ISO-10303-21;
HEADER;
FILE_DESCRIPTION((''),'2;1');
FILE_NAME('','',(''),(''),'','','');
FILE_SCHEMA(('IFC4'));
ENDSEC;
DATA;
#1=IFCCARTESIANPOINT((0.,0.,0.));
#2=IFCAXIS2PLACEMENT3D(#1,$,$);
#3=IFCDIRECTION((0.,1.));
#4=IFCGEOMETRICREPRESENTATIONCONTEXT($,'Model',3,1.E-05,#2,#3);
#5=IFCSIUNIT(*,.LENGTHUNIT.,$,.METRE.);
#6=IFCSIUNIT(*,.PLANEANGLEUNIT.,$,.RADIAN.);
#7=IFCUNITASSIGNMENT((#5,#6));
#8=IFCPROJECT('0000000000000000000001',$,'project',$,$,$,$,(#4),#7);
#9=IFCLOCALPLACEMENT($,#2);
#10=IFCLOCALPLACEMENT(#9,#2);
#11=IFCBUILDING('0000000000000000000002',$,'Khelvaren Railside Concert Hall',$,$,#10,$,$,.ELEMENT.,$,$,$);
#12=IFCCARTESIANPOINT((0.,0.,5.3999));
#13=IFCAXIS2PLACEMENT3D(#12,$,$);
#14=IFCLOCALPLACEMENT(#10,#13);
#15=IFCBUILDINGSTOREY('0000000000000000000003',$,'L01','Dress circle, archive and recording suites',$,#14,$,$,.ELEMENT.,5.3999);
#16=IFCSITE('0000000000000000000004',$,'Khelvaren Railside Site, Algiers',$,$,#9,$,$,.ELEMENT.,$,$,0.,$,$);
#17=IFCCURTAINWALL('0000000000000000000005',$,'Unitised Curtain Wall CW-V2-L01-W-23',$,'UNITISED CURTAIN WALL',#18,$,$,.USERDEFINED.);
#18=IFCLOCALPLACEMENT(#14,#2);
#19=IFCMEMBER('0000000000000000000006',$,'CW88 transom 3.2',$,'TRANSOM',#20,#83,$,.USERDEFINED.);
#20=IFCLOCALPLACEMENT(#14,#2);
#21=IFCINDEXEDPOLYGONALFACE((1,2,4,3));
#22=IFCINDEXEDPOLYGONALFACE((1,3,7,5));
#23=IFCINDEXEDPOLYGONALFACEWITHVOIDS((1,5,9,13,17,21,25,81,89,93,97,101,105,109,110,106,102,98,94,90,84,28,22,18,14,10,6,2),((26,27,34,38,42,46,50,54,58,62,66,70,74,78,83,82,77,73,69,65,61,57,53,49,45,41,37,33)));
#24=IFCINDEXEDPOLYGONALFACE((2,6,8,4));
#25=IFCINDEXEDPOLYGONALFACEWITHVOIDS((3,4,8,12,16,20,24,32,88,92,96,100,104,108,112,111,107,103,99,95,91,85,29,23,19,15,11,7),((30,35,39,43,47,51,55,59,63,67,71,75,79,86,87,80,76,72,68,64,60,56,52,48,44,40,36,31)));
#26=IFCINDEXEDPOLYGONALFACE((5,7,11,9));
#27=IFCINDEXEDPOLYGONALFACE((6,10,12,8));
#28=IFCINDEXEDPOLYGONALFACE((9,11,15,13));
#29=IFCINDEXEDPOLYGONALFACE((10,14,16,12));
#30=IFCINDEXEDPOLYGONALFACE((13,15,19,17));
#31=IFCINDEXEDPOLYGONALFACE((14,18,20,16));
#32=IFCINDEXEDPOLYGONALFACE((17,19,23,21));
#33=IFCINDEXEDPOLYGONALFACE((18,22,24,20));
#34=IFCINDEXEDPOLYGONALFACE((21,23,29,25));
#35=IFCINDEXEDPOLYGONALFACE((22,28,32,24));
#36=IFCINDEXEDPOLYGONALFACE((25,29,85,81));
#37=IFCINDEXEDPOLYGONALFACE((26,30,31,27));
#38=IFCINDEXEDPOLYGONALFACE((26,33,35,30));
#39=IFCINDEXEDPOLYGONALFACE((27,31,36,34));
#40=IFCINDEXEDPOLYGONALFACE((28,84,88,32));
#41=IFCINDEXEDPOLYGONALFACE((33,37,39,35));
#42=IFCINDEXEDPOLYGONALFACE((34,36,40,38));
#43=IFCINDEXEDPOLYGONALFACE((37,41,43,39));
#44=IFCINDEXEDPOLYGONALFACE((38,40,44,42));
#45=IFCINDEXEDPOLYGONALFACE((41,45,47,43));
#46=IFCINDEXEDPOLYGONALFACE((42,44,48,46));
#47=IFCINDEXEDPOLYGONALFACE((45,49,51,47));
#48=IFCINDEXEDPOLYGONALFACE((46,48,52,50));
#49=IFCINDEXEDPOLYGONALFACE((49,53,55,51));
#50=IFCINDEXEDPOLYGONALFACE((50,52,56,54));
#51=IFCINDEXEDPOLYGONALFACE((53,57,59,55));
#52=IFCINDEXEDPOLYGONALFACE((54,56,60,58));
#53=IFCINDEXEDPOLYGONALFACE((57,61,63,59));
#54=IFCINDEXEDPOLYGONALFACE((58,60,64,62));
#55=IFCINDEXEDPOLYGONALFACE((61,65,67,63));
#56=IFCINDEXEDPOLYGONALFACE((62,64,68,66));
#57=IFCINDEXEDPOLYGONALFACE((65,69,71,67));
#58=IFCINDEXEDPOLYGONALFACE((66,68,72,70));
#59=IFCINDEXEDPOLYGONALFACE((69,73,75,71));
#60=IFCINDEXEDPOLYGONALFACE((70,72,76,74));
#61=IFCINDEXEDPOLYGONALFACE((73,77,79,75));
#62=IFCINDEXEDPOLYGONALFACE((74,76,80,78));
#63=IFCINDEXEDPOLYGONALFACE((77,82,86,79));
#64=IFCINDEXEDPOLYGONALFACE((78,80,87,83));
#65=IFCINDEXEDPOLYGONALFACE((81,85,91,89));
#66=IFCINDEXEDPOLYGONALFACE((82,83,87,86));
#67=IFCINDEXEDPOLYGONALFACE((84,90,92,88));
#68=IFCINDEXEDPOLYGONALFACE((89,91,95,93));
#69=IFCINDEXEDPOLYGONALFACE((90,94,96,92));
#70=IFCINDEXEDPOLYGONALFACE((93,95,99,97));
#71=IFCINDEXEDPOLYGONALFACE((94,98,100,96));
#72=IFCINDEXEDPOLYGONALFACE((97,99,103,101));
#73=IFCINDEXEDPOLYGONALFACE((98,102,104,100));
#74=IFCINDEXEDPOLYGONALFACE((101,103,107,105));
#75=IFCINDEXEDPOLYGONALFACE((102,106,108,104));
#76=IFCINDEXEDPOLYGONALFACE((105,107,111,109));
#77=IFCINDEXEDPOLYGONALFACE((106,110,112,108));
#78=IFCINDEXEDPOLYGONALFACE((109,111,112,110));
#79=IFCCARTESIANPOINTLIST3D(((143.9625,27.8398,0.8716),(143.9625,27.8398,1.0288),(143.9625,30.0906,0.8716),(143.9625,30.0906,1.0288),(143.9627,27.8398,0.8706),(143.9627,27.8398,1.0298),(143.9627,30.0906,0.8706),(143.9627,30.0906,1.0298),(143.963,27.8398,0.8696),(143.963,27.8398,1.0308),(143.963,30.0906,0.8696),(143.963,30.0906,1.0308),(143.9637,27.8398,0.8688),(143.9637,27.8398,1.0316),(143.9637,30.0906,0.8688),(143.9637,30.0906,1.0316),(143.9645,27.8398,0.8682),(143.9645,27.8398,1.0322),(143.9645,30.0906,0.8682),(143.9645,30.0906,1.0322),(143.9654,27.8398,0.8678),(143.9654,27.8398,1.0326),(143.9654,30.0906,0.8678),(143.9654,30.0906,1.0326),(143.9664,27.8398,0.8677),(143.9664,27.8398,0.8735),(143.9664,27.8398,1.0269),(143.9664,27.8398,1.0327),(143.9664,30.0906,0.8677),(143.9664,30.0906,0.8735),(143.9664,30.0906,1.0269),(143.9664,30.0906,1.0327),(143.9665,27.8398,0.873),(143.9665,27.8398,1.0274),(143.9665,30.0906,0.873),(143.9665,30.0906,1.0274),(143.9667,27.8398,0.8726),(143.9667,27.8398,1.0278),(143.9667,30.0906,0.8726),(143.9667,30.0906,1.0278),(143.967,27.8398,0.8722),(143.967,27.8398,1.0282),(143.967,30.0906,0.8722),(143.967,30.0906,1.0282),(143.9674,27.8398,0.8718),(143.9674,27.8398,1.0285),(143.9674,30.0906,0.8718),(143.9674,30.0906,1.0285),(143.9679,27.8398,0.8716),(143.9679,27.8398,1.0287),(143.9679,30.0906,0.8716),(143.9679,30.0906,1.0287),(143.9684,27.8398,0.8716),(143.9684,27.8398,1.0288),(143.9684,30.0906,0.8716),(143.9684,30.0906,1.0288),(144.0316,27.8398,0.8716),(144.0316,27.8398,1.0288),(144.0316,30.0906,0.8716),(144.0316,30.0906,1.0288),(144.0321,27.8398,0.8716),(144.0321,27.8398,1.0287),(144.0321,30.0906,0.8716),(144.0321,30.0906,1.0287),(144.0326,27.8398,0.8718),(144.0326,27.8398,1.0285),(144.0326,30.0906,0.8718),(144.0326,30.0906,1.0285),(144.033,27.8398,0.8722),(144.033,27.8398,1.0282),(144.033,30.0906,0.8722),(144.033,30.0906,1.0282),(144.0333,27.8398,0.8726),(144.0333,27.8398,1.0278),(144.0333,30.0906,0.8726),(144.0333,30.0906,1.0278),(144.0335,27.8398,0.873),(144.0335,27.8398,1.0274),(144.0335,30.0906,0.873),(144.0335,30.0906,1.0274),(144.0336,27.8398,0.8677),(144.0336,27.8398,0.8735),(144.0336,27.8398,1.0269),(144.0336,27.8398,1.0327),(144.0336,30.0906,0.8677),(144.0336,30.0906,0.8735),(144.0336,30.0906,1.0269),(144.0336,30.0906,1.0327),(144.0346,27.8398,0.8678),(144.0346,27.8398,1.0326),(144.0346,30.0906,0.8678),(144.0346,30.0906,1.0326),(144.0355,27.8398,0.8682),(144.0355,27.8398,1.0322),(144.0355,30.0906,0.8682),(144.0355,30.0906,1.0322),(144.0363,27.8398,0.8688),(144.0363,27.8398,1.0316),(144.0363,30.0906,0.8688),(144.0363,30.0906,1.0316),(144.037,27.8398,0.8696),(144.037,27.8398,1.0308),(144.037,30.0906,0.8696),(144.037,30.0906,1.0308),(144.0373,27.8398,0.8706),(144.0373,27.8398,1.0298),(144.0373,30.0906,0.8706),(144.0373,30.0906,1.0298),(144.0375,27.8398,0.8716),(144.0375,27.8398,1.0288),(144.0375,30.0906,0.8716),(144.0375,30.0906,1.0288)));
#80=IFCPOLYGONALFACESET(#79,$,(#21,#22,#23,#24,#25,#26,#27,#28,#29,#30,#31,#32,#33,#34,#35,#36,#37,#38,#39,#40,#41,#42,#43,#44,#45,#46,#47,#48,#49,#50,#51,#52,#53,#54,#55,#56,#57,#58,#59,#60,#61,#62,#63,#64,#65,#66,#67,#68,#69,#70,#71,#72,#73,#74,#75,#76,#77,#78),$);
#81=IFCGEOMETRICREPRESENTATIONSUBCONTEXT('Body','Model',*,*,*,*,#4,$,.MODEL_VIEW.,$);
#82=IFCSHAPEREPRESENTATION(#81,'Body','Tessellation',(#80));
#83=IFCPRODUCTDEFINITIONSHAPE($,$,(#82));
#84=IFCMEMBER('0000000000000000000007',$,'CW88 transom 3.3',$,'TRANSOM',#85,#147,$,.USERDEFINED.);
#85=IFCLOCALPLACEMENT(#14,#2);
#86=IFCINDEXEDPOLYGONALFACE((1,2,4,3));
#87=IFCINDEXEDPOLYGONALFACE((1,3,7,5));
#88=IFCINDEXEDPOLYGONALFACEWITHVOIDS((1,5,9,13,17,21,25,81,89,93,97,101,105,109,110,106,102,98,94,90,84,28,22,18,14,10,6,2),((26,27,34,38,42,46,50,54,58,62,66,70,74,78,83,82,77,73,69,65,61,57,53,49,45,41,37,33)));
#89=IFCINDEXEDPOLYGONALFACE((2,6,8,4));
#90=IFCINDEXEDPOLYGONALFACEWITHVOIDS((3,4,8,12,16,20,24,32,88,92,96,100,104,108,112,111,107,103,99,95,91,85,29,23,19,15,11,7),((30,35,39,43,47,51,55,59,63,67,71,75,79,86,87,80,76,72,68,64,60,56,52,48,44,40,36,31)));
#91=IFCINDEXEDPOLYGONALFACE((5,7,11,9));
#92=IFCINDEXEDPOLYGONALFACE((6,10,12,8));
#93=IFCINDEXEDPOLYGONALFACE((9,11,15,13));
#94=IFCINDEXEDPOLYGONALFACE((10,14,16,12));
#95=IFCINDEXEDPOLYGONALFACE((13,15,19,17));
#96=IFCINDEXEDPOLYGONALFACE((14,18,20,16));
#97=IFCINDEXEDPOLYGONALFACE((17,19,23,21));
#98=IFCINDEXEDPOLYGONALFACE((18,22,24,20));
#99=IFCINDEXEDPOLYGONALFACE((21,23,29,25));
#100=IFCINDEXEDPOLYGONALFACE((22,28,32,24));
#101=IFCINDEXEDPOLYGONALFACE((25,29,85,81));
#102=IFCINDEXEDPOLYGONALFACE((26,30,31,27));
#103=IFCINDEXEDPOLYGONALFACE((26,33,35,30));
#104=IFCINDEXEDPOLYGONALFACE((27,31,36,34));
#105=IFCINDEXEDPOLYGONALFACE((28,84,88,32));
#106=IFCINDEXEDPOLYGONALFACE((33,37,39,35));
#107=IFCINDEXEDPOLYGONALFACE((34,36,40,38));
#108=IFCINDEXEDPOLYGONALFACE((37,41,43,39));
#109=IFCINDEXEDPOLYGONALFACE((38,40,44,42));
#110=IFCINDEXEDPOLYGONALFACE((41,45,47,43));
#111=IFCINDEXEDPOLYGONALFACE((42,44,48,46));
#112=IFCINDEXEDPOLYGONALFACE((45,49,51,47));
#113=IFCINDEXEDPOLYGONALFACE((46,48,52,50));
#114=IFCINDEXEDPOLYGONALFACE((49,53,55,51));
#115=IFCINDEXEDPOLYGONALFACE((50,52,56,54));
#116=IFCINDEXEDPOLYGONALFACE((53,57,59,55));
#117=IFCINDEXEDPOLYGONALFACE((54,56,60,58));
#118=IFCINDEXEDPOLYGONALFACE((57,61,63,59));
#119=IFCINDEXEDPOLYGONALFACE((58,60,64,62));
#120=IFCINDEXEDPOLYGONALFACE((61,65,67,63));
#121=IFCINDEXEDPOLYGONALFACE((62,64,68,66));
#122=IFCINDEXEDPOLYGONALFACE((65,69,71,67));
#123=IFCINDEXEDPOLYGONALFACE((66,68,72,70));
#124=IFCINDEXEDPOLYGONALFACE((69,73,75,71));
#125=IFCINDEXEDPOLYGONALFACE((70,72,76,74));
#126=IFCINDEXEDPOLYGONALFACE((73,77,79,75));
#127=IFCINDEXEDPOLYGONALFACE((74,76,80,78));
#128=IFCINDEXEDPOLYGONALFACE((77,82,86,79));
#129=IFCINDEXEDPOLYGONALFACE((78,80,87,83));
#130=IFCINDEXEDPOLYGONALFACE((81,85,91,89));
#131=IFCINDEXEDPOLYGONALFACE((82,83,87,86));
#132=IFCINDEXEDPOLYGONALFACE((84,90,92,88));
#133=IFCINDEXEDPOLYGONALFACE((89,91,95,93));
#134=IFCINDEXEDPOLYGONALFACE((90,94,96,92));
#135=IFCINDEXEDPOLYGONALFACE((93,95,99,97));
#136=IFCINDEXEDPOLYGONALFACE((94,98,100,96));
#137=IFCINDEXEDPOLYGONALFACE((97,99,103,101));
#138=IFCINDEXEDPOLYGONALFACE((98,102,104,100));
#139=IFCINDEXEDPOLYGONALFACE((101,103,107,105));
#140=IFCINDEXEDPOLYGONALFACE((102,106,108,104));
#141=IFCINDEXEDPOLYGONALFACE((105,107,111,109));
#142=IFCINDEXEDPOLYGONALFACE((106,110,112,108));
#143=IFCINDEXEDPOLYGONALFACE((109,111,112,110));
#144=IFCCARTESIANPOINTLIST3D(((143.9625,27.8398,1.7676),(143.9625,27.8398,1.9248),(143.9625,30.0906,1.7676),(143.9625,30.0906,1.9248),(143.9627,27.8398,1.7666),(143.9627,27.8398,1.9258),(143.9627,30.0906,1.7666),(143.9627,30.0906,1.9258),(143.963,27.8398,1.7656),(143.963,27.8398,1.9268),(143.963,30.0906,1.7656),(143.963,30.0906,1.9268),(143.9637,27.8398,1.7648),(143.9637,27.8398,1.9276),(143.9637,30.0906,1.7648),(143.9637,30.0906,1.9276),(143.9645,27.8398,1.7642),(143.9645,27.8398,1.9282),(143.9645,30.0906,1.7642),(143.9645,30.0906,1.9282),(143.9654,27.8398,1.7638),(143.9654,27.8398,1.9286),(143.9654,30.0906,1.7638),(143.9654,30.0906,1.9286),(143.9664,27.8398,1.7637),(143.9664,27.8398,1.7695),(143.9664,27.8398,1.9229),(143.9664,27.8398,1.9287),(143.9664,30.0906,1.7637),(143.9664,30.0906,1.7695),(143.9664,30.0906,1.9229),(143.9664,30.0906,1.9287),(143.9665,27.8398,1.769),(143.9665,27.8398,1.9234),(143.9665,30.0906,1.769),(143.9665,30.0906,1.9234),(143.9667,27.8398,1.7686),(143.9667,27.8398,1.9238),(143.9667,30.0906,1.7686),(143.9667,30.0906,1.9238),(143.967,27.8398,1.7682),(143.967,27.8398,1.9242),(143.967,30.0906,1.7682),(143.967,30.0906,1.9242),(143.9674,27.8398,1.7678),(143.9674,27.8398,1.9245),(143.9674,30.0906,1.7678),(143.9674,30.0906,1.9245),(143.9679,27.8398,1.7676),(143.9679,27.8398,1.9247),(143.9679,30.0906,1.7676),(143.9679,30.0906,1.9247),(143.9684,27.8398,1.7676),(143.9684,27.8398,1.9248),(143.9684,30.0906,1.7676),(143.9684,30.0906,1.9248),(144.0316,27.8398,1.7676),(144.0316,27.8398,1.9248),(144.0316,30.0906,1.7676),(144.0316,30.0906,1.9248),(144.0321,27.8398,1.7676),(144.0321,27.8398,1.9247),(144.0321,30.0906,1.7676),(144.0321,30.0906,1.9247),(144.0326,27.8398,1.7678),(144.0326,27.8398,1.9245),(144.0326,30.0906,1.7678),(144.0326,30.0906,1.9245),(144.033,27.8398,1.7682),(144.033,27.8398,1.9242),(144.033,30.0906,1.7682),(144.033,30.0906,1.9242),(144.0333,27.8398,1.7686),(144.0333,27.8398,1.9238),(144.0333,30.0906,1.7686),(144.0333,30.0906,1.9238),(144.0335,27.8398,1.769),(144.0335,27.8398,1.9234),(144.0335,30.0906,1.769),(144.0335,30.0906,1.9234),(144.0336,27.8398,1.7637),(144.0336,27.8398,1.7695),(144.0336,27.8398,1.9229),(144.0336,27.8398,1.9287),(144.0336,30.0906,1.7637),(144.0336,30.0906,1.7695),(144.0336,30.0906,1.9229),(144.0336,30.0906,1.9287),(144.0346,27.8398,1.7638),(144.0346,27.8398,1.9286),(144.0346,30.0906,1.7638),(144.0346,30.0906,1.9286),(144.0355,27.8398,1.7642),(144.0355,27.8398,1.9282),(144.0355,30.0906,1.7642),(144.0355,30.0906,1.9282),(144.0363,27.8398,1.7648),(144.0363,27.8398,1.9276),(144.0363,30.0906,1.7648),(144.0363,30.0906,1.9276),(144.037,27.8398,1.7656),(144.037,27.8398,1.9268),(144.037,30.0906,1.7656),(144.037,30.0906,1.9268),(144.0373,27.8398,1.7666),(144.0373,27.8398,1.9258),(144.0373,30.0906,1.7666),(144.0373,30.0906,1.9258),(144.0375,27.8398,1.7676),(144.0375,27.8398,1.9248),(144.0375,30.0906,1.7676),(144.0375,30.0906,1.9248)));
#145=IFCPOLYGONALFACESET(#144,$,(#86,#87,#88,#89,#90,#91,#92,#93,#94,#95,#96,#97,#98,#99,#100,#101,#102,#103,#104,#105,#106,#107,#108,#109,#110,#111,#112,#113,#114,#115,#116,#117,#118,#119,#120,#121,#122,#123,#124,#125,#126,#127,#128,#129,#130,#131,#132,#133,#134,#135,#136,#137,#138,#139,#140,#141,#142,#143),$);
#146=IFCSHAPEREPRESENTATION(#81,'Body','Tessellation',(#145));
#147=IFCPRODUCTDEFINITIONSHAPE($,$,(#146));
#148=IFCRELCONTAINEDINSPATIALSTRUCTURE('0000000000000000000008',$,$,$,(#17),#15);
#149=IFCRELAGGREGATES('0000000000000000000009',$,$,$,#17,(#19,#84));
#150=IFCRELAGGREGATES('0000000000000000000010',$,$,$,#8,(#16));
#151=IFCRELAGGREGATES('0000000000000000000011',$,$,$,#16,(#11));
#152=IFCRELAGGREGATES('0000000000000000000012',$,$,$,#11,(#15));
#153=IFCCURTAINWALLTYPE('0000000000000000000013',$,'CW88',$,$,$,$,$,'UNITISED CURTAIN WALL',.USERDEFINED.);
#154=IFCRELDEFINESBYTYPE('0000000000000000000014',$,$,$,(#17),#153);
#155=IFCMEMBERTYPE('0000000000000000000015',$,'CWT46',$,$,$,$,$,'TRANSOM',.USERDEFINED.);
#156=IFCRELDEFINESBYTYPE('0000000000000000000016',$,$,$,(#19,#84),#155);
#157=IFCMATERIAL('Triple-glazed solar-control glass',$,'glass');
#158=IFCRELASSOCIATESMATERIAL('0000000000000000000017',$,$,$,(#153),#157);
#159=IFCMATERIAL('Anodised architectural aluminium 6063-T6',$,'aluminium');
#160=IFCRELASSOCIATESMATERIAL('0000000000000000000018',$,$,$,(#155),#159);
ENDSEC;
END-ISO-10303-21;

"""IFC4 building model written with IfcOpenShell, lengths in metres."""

from ifc_helpers import new_model, si_unit, direction, frame, origin, origin_2d, place, context, subcontext, project, spatial, hollow_rectangle, extrude, material, material_profile, profile_set, type_object, element, aggregate, save


model = new_model("IFC4")

# Units and contexts
model_context = context("Model", 3, precision=1e-05, world=origin(), true_north=direction((0.0, 1.0)))
body_context = subcontext(model_context, "Body", "Model", "MODEL_VIEW")
ifc_project = project(units=[si_unit("LENGTHUNIT", "METRE"), si_unit("PLANEANGLEUNIT", "RADIAN")], contexts=[model_context])

# Site, building, storey
site_placement = place(None, origin())
site = spatial("IfcSite", under=ifc_project, at=site_placement, Name="Khelvaren Railside Site, Algiers", CompositionType="ELEMENT", RefElevation=0.0)
building_placement = place(site_placement, origin())
building = spatial("IfcBuilding", under=site, at=building_placement, Name="Khelvaren Railside Concert Hall", CompositionType="ELEMENT")
storey_placement = place(building_placement, frame((0.0, 0.0, 5.3999)))
storey = spatial("IfcBuildingStorey", under=building, at=storey_placement, Name="L01", Description="Dress circle, archive and recording suites", CompositionType="ELEMENT", Elevation=5.3999)

# Curtain wall, members
ifc_material_1 = material(Name="Triple-glazed solar-control glass", Category="glass")
curtain_wall_type = type_object("IfcCurtainWallType", Name="CW88", ElementType="UNITISED CURTAIN WALL", PredefinedType="USERDEFINED", material=ifc_material_1)
curtain_wall_placement = place(storey_placement, origin())
curtain_wall = element("IfcCurtainWall", 1, at=curtain_wall_placement, inside=storey, type_object=curtain_wall_type, Name="Unitised Curtain Wall CW-V2-L01-W-23", ObjectType="UNITISED CURTAIN WALL", PredefinedType="USERDEFINED")
ifc_material_2 = material(Name="Anodised architectural aluminium 6063-T6", Category="aluminium")
ifc_material_profile_1 = material_profile(ifc_material_2, hollow_rectangle(XDim=0.075, YDim=0.165, WallThickness=0.0039, InnerFilletRadius=0.002, OuterFilletRadius=0.0039, at=origin_2d()), Name="CWT 75x165x4")
ifc_profile_set_1 = profile_set([ifc_material_profile_1], Name="Anodised architectural aluminium 6063-T6")
member_type_1 = type_object("IfcMemberType", Name="CWT46", ElementType="TRANSOM", PredefinedType="USERDEFINED", material=ifc_profile_set_1)
member_1_placement = place(storey_placement, frame((144.0, 27.8398, 0.9502), z_axis=(0.0, 1.0, 0.0), x_axis=(-1.0, 0.0, 0.0)))
member_1 = element("IfcMember", 2, at=member_1_placement, type_object=member_type_1, Name="CW88 transom 3.2", ObjectType="TRANSOM", PredefinedType="USERDEFINED", context=body_context, shape_type="SweptSolid", body=[
    extrude(hollow_rectangle(XDim=0.075, YDim=0.165, WallThickness=0.0039, InnerFilletRadius=0.002, OuterFilletRadius=0.0039, at=origin_2d()), origin(), (0.0, 0.0, 1.0), 2.2507),
])
member_2_placement = place(storey_placement, frame((144.0, 27.8398, 1.8462), z_axis=(0.0, 1.0, 0.0), x_axis=(-1.0, 0.0, 0.0)))
member_2 = element("IfcMember", 3, at=member_2_placement, type_object=member_type_1, Name="CW88 transom 3.3", ObjectType="TRANSOM", PredefinedType="USERDEFINED", context=body_context, shape_type="SweptSolid", body=[
    extrude(hollow_rectangle(XDim=0.075, YDim=0.165, WallThickness=0.0039, InnerFilletRadius=0.002, OuterFilletRadius=0.0039, at=origin_2d()), origin(), (0.0, 0.0, 1.0), 2.2507),
])

aggregate(curtain_wall, [member_1, member_2])

save(model, "model.ifc")
